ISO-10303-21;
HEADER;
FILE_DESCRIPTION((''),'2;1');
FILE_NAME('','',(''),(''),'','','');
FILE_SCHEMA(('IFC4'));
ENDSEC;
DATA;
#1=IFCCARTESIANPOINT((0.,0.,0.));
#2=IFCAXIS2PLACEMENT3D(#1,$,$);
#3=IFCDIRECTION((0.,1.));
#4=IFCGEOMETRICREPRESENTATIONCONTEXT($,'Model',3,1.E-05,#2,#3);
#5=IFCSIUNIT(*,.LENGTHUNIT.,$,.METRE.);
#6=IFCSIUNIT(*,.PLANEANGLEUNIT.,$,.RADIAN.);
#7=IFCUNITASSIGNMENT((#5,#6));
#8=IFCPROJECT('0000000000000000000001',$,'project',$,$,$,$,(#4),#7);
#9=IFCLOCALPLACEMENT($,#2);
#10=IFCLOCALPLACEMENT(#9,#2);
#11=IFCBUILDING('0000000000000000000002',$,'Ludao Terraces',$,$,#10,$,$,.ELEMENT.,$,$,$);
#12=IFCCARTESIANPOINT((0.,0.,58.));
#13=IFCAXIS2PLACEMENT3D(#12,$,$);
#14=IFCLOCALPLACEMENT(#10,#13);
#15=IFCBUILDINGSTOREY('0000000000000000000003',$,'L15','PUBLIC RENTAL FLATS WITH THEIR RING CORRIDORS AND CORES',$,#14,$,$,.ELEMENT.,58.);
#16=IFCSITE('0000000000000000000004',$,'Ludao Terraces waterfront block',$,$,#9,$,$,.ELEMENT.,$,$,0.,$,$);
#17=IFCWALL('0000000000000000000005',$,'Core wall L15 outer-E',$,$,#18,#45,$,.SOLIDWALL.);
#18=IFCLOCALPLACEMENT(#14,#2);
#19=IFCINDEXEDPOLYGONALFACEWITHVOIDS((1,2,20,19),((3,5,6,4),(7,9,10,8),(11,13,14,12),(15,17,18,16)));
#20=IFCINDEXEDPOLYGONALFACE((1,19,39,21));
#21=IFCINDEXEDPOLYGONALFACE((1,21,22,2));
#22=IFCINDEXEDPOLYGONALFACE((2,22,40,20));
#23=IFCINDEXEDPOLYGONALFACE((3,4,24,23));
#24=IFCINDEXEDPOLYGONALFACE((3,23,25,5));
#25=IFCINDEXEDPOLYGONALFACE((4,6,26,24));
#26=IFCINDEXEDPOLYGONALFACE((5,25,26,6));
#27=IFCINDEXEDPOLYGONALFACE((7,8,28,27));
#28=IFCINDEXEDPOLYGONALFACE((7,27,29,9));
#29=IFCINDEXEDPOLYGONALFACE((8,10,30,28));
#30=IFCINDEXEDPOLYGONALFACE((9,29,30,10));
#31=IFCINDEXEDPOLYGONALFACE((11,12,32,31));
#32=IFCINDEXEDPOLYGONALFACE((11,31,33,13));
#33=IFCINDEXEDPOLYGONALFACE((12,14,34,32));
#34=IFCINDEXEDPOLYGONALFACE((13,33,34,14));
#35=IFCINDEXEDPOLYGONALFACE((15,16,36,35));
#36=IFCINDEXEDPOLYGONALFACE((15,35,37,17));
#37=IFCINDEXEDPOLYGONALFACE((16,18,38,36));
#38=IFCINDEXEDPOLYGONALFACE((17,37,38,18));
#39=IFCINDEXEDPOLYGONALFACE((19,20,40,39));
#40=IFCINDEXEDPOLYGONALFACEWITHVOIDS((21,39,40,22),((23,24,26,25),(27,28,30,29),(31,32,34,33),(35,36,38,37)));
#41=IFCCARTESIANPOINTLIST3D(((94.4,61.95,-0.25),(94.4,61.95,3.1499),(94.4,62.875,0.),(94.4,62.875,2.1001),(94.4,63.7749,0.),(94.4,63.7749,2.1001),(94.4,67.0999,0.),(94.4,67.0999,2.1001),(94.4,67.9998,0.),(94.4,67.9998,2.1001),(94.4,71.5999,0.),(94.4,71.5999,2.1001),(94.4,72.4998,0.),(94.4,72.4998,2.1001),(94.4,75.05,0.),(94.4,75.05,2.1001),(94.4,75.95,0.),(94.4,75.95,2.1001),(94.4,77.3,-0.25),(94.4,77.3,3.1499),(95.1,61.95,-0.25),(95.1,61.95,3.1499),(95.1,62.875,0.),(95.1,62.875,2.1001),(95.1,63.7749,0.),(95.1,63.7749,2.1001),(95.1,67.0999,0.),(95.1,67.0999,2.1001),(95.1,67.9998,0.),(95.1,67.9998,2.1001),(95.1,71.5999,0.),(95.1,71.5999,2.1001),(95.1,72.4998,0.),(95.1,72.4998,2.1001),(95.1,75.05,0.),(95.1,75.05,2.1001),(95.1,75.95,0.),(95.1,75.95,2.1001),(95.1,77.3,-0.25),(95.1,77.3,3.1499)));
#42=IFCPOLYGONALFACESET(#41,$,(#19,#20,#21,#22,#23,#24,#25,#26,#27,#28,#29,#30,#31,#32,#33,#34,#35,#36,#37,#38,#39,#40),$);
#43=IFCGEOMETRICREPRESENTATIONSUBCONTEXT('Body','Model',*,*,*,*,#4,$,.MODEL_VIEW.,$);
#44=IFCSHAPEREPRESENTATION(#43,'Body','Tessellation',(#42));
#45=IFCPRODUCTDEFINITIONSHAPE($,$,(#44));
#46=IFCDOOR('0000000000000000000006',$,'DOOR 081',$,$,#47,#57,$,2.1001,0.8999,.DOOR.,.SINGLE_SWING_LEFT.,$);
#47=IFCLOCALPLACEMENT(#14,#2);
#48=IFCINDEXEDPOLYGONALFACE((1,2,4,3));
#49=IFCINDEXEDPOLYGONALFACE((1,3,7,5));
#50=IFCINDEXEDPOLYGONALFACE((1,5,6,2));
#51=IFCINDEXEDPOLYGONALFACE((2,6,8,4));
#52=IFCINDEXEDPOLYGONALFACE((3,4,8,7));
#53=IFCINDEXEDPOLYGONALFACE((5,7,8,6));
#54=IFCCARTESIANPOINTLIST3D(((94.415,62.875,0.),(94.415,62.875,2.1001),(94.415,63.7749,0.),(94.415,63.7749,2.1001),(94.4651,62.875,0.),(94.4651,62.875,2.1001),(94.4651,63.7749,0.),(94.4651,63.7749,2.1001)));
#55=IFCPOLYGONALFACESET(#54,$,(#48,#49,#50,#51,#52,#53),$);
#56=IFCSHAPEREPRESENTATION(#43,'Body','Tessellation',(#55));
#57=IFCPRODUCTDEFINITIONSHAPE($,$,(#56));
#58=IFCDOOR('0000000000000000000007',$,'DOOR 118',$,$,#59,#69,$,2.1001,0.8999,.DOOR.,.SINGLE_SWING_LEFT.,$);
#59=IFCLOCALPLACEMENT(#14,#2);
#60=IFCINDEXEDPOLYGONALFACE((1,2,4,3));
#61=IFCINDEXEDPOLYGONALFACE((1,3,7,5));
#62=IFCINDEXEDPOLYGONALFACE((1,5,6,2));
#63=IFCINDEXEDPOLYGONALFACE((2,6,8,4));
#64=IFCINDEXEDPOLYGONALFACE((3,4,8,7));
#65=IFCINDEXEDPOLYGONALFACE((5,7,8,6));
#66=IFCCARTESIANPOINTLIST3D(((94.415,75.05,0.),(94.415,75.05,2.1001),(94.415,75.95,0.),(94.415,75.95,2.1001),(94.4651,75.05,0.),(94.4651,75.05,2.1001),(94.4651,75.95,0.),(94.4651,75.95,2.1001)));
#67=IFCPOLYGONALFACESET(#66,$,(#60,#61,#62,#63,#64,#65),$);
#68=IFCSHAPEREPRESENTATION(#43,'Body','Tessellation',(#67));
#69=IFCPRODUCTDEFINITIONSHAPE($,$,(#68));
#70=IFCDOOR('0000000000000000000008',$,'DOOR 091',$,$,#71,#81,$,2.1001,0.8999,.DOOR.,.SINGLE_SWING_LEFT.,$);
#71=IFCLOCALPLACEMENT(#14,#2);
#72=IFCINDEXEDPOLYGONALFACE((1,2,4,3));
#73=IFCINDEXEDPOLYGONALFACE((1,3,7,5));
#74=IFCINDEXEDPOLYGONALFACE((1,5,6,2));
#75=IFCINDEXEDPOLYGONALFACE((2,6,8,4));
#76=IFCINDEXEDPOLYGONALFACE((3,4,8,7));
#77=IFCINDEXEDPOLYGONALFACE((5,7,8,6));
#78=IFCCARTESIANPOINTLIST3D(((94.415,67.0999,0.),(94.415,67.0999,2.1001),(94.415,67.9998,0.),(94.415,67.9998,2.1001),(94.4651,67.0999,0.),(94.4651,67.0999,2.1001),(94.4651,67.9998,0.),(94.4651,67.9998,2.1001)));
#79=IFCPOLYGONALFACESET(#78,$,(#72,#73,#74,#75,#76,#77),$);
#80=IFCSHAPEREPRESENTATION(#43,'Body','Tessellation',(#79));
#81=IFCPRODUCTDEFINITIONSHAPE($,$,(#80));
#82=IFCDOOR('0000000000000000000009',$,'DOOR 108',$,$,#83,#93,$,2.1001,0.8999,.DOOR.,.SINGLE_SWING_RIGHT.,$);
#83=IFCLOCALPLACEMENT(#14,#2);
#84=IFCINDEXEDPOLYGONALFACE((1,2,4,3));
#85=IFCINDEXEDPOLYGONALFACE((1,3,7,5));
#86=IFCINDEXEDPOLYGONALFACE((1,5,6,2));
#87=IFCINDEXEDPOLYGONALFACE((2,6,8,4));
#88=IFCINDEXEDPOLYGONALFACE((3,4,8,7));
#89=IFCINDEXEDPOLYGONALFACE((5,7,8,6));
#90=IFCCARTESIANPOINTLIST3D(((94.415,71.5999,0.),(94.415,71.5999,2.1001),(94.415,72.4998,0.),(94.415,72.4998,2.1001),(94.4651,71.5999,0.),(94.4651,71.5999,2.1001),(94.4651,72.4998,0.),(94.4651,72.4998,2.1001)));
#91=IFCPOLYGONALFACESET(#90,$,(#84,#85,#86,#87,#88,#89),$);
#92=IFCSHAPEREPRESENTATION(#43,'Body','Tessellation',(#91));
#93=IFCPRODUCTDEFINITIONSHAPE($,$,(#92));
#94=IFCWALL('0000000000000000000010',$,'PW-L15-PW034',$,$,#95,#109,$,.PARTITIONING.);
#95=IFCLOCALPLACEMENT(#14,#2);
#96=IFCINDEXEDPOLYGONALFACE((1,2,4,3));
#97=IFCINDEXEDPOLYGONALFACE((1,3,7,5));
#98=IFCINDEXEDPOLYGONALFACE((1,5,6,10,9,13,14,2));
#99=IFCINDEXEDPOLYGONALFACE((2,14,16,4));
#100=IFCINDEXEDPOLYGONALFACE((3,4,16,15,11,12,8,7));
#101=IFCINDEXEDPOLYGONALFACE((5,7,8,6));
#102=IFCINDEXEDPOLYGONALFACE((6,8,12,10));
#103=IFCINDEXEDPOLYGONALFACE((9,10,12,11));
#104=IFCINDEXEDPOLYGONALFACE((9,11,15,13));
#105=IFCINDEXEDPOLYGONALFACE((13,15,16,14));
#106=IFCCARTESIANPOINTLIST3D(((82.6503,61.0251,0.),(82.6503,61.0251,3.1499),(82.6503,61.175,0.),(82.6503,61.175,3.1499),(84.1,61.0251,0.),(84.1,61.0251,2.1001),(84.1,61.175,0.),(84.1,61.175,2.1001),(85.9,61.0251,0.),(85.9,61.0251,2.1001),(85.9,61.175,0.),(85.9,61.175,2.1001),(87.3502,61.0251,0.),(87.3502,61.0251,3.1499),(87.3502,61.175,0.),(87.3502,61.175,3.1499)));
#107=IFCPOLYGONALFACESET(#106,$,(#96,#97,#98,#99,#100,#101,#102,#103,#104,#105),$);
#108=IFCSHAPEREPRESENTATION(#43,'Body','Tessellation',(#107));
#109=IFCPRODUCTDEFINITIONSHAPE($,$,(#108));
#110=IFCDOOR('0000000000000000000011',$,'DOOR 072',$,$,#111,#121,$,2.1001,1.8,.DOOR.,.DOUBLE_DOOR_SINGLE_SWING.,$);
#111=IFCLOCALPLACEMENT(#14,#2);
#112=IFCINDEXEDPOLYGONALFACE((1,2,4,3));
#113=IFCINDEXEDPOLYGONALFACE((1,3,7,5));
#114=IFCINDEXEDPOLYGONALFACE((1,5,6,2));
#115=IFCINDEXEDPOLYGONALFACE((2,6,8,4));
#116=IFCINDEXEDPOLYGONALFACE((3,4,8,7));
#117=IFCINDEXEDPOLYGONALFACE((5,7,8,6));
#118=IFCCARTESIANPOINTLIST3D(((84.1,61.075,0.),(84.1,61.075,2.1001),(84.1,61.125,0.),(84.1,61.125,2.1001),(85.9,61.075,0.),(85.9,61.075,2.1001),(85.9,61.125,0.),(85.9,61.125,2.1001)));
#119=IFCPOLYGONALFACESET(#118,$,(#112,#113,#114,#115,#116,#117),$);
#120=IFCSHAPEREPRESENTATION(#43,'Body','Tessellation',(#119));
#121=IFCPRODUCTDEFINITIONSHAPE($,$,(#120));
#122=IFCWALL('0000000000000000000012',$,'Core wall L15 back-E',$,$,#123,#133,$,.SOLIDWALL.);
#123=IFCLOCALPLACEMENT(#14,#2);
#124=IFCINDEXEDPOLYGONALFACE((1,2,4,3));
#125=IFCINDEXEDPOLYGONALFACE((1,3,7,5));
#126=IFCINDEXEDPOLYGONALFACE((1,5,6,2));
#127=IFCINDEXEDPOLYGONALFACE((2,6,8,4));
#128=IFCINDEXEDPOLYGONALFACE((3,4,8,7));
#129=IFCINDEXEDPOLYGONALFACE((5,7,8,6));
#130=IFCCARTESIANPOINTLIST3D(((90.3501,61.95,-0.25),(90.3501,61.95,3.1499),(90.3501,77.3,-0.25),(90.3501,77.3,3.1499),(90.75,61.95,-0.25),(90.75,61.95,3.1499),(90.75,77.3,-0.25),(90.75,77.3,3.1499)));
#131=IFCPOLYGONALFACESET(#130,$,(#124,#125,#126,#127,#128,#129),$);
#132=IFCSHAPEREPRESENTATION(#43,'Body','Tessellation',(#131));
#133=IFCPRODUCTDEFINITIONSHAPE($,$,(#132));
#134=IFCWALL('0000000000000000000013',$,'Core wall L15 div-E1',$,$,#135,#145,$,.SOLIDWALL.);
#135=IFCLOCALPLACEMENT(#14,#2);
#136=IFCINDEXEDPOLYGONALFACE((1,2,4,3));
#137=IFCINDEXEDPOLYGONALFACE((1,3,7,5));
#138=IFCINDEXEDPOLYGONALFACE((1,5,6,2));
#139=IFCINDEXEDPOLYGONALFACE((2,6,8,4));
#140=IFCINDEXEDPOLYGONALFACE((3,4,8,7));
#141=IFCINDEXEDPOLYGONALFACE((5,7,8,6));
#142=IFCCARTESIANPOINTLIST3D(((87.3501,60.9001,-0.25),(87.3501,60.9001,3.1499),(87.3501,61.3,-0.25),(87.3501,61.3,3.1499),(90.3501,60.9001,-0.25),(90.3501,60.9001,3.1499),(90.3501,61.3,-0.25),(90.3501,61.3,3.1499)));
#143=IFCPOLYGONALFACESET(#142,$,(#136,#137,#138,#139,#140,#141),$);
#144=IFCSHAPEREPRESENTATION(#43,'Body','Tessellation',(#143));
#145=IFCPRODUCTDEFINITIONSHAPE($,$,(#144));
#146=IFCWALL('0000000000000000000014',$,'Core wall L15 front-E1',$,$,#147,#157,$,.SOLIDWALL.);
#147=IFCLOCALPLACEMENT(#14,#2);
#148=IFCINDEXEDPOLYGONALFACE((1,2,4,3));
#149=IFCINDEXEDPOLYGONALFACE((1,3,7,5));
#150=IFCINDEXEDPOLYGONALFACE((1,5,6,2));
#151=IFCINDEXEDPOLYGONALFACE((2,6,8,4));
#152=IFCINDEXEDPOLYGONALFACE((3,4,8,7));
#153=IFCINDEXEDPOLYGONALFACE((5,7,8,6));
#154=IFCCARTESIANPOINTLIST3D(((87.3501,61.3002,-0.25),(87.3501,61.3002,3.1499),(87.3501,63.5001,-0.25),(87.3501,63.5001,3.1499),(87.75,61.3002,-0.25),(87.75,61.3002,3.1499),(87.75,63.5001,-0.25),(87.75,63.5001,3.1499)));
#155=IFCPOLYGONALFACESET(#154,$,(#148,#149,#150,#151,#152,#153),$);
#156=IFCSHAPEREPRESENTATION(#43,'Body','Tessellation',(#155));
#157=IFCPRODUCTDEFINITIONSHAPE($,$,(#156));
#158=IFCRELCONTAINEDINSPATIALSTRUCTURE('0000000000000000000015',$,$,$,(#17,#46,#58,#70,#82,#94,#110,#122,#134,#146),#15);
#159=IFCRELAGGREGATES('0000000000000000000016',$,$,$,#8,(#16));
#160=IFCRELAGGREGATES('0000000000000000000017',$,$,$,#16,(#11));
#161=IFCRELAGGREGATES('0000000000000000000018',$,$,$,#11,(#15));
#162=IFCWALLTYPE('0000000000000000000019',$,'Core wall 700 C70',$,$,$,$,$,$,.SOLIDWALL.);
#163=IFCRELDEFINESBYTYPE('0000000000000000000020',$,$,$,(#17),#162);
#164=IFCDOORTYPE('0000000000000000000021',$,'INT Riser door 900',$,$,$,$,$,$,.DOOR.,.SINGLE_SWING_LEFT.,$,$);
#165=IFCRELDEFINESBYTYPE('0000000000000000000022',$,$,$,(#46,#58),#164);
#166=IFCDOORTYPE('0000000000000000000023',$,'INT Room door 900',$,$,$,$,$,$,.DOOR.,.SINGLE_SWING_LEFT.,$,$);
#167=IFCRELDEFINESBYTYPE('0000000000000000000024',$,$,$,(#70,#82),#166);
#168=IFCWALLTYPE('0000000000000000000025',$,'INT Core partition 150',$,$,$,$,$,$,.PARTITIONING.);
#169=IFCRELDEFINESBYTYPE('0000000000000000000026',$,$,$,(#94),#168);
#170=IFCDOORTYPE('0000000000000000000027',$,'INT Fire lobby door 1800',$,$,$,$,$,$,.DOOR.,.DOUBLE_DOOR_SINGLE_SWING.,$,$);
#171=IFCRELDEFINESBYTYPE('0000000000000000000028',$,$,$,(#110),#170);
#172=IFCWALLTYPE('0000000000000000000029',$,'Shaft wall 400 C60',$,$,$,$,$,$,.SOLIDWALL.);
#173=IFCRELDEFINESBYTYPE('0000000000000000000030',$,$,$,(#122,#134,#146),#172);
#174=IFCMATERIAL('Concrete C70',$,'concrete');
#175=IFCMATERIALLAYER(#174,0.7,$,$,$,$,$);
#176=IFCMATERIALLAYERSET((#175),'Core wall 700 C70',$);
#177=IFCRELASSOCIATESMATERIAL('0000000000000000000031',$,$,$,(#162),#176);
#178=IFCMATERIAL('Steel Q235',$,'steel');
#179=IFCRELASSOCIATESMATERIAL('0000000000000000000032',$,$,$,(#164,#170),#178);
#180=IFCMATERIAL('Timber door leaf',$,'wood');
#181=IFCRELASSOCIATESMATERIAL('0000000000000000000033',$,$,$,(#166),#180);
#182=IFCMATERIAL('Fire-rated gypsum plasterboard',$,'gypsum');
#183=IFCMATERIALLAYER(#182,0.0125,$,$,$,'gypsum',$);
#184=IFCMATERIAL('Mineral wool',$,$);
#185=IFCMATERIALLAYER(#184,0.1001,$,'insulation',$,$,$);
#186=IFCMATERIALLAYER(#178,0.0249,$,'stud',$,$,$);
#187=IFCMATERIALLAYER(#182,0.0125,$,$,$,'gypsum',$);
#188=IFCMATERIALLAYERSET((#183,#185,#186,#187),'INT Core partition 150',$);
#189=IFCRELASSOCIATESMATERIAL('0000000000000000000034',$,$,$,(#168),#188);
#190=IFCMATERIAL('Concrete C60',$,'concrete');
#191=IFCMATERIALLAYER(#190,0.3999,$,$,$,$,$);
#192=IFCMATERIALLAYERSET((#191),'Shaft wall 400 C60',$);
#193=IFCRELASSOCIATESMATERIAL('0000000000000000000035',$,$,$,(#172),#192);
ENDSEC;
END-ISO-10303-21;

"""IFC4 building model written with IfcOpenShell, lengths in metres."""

from ifc_helpers import new_model, si_unit, direction, frame, frame_2d, origin, place, context, subcontext, project, spatial, rectangle, extrude, material, layer, layer_set, type_object, element, fill, save


model = new_model("IFC4")

# Units and contexts
model_context = context("Model", 3, precision=1e-05, world=origin(), true_north=direction((0.0, 1.0)))
body_context = subcontext(model_context, "Body", "Model", "MODEL_VIEW")
ifc_project = project(units=[si_unit("LENGTHUNIT", "METRE"), si_unit("PLANEANGLEUNIT", "RADIAN")], contexts=[model_context])

# Site, building, storey
site_placement = place(None, origin())
site = spatial("IfcSite", under=ifc_project, at=site_placement, Name="Ludao Terraces waterfront block", CompositionType="ELEMENT", RefElevation=0.0)
building_placement = place(site_placement, origin())
building = spatial("IfcBuilding", under=site, at=building_placement, Name="Ludao Terraces", CompositionType="ELEMENT")
storey_placement = place(building_placement, frame((0.0, 0.0, 58.0)))
storey = spatial("IfcBuildingStorey", under=building, at=storey_placement, Name="L15", Description="PUBLIC RENTAL FLATS WITH THEIR RING CORRIDORS AND CORES", CompositionType="ELEMENT", Elevation=58.0)

# Wall, openings, doors
ifc_material_1 = material(Name="Concrete C70", Category="concrete")
ifc_layer_1 = layer(ifc_material_1, 0.7)
ifc_layer_set_1 = layer_set([ifc_layer_1], Name="Core wall 700 C70")
wall_type_1 = type_object("IfcWallType", Name="Core wall 700 C70", PredefinedType="SOLIDWALL", material=ifc_layer_set_1)
wall_1_placement = place(storey_placement, frame((94.75, 61.95, -0.25), z_axis=(0.0, 0.0, 1.0), x_axis=(0.0, 1.0, 0.0)))
wall_1 = element("IfcWall", 1, at=wall_1_placement, inside=storey, type_object=wall_type_1, Name="Core wall L15 outer-E", PredefinedType="SOLIDWALL", context=body_context, shape_type="SweptSolid", body=[
    extrude(rectangle(XDim=15.3501, YDim=0.7, at=frame_2d((7.675, 0.0))), origin(), (0.0, 0.0, 1.0), 3.3999),
])
opening_1_placement = place(wall_1_placement, frame((0.925, 0.0, 0.25)))
opening_1 = element("IfcOpeningElement", 2, at=opening_1_placement, cuts=wall_1, PredefinedType="OPENING", context=body_context, shape_type="SweptSolid", body=[
    extrude(rectangle(XDim=0.8999, YDim=2.1001, at=frame_2d((0.45, 1.05))), frame((0.0, 0.3599, 0.0), z_axis=(0.0, -1.0, 0.0), x_axis=(1.0, 0.0, 0.0)), (0.0, 0.0, 1.0), 0.72),
])
opening_2_placement = place(wall_1_placement, frame((5.1499, 0.0, 0.25)))
opening_2 = element("IfcOpeningElement", 3, at=opening_2_placement, cuts=wall_1, PredefinedType="OPENING", context=body_context, shape_type="SweptSolid", body=[
    extrude(rectangle(XDim=0.8999, YDim=2.1001, at=frame_2d((0.45, 1.05))), frame((0.0, 0.3599, 0.0), z_axis=(0.0, -1.0, 0.0), x_axis=(1.0, 0.0, 0.0)), (0.0, 0.0, 1.0), 0.72),
])
opening_3_placement = place(wall_1_placement, frame((9.6499, 0.0, 0.25)))
opening_3 = element("IfcOpeningElement", 4, at=opening_3_placement, cuts=wall_1, PredefinedType="OPENING", context=body_context, shape_type="SweptSolid", body=[
    extrude(rectangle(XDim=0.8999, YDim=2.1001, at=frame_2d((0.45, 1.05))), frame((0.0, 0.3599, 0.0), z_axis=(0.0, -1.0, 0.0), x_axis=(1.0, 0.0, 0.0)), (0.0, 0.0, 1.0), 0.72),
])
opening_4_placement = place(wall_1_placement, frame((13.1001, 0.0, 0.25)))
opening_4 = element("IfcOpeningElement", 5, at=opening_4_placement, cuts=wall_1, PredefinedType="OPENING", context=body_context, shape_type="SweptSolid", body=[
    extrude(rectangle(XDim=0.8999, YDim=2.1001, at=frame_2d((0.45, 1.05))), frame((0.0, 0.3599, 0.0), z_axis=(0.0, -1.0, 0.0), x_axis=(1.0, 0.0, 0.0)), (0.0, 0.0, 1.0), 0.72),
])
ifc_material_2 = material(Name="Steel Q235", Category="steel")
door_type_1 = type_object("IfcDoorType", Name="INT Riser door 900", OperationType="SINGLE_SWING_LEFT", PredefinedType="DOOR", material=ifc_material_2)
door_1_placement = place(opening_1_placement, origin())
door_1 = element("IfcDoor", 6, at=door_1_placement, inside=storey, type_object=door_type_1, Name="DOOR 081", OperationType="SINGLE_SWING_LEFT", OverallHeight=2.1001, OverallWidth=0.8999, PredefinedType="DOOR", context=body_context, shape_type="SweptSolid", body=[
    extrude(rectangle(XDim=0.8999, YDim=2.1001, at=frame_2d((0.45, 1.05))), frame((0.0, 0.335, 0.0), z_axis=(0.0, -1.0, 0.0), x_axis=(1.0, 0.0, 0.0)), (0.0, 0.0, 1.0), 0.05),
])
fill(opening_1, door_1)
door_2_placement = place(opening_4_placement, origin())
door_2 = element("IfcDoor", 7, at=door_2_placement, inside=storey, type_object=door_type_1, Name="DOOR 118", OperationType="SINGLE_SWING_LEFT", OverallHeight=2.1001, OverallWidth=0.8999, PredefinedType="DOOR", context=body_context, shape_type="SweptSolid", body=[
    extrude(rectangle(XDim=0.8999, YDim=2.1001, at=frame_2d((0.45, 1.05))), frame((0.0, 0.335, 0.0), z_axis=(0.0, -1.0, 0.0), x_axis=(1.0, 0.0, 0.0)), (0.0, 0.0, 1.0), 0.05),
])
fill(opening_4, door_2)
ifc_material_3 = material(Name="Timber door leaf", Category="wood")
door_type_2 = type_object("IfcDoorType", Name="INT Room door 900", OperationType="SINGLE_SWING_LEFT", PredefinedType="DOOR", material=ifc_material_3)
door_3_placement = place(opening_2_placement, origin())
door_3 = element("IfcDoor", 8, at=door_3_placement, inside=storey, type_object=door_type_2, Name="DOOR 091", OperationType="SINGLE_SWING_LEFT", OverallHeight=2.1001, OverallWidth=0.8999, PredefinedType="DOOR", context=body_context, shape_type="SweptSolid", body=[
    extrude(rectangle(XDim=0.8999, YDim=2.1001, at=frame_2d((0.45, 1.05))), frame((0.0, 0.335, 0.0), z_axis=(0.0, -1.0, 0.0), x_axis=(1.0, 0.0, 0.0)), (0.0, 0.0, 1.0), 0.05),
])
fill(opening_2, door_3)
door_4_placement = place(opening_3_placement, origin())
door_4 = element("IfcDoor", 9, at=door_4_placement, inside=storey, type_object=door_type_2, Name="DOOR 108", OperationType="SINGLE_SWING_RIGHT", OverallHeight=2.1001, OverallWidth=0.8999, PredefinedType="DOOR", context=body_context, shape_type="SweptSolid", body=[
    extrude(rectangle(XDim=0.8999, YDim=2.1001, at=frame_2d((0.45, 1.05))), frame((0.0, 0.335, 0.0), z_axis=(0.0, -1.0, 0.0), x_axis=(1.0, 0.0, 0.0)), (0.0, 0.0, 1.0), 0.05),
])
fill(opening_3, door_4)

# Wall, opening, door
ifc_material_4 = material(Name="Fire-rated gypsum plasterboard", Category="gypsum")
ifc_layer_2 = layer(ifc_material_4, 0.0125, Category="gypsum")
ifc_material_5 = material(Name="Mineral wool")
ifc_layer_3 = layer(ifc_material_5, 0.1001, Name="insulation")
ifc_layer_4 = layer(ifc_material_2, 0.0249, Name="stud")
ifc_layer_5 = layer(ifc_material_4, 0.0125, Category="gypsum")
ifc_layer_set_2 = layer_set([ifc_layer_2, ifc_layer_3, ifc_layer_4, ifc_layer_5], Name="INT Core partition 150")
wall_type_2 = type_object("IfcWallType", Name="INT Core partition 150", PredefinedType="PARTITIONING", material=ifc_layer_set_2)
wall_2_placement = place(storey_placement, frame((82.6501, 61.1001, 0.0), z_axis=(0.0, 0.0, 1.0), x_axis=(1.0, 0.0, 0.0)))
wall_2 = element("IfcWall", 10, at=wall_2_placement, inside=storey, type_object=wall_type_2, Name="PW-L15-PW034", PredefinedType="PARTITIONING", context=body_context, shape_type="SweptSolid", body=[
    extrude(rectangle(XDim=4.7, YDim=0.1499, at=frame_2d((2.3501, 0.0))), origin(), (0.0, 0.0, 1.0), 3.1499),
])
opening_5_placement = place(wall_2_placement, frame((1.45, 0.0, 0.0)))
opening_5 = element("IfcOpeningElement", 11, at=opening_5_placement, cuts=wall_2, PredefinedType="OPENING", context=body_context, shape_type="SweptSolid", body=[
    extrude(rectangle(XDim=1.8, YDim=2.1001, at=frame_2d((0.8999, 1.05))), frame((0.0, 0.085, 0.0), z_axis=(0.0, -1.0, 0.0), x_axis=(1.0, 0.0, 0.0)), (0.0, 0.0, 1.0), 0.1699),
])
door_type_3 = type_object("IfcDoorType", Name="INT Fire lobby door 1800", OperationType="DOUBLE_DOOR_SINGLE_SWING", PredefinedType="DOOR", material=ifc_material_2)
door_5_placement = place(opening_5_placement, origin())
door_5 = element("IfcDoor", 12, at=door_5_placement, inside=storey, type_object=door_type_3, Name="DOOR 072", OperationType="DOUBLE_DOOR_SINGLE_SWING", OverallHeight=2.1001, OverallWidth=1.8, PredefinedType="DOOR", context=body_context, shape_type="SweptSolid", body=[
    extrude(rectangle(XDim=1.8, YDim=2.1001, at=frame_2d((0.8999, 1.05))), frame((0.0, 0.0249, 0.0), z_axis=(0.0, -1.0, 0.0), x_axis=(1.0, 0.0, 0.0)), (0.0, 0.0, 1.0), 0.05),
])
fill(opening_5, door_5)

# Walls
ifc_material_6 = material(Name="Concrete C60", Category="concrete")
ifc_layer_6 = layer(ifc_material_6, 0.3999)
ifc_layer_set_3 = layer_set([ifc_layer_6], Name="Shaft wall 400 C60")
wall_type_3 = type_object("IfcWallType", Name="Shaft wall 400 C60", PredefinedType="SOLIDWALL", material=ifc_layer_set_3)
wall_3_placement = place(storey_placement, frame((90.55, 61.95, -0.25), z_axis=(0.0, 0.0, 1.0), x_axis=(0.0, 1.0, 0.0)))
element("IfcWall", 13, at=wall_3_placement, inside=storey, type_object=wall_type_3, Name="Core wall L15 back-E", PredefinedType="SOLIDWALL", context=body_context, shape_type="SweptSolid", body=[
    extrude(rectangle(XDim=15.3501, YDim=0.3999, at=frame_2d((7.675, 0.0))), origin(), (0.0, 0.0, 1.0), 3.3999),
])
wall_4_placement = place(storey_placement, frame((87.3501, 61.1001, -0.25), z_axis=(0.0, 0.0, 1.0), x_axis=(1.0, 0.0, 0.0)))
element("IfcWall", 14, at=wall_4_placement, inside=storey, type_object=wall_type_3, Name="Core wall L15 div-E1", PredefinedType="SOLIDWALL", context=body_context, shape_type="SweptSolid", body=[
    extrude(rectangle(XDim=3.0, YDim=0.3999, at=frame_2d((1.5, 0.0))), origin(), (0.0, 0.0, 1.0), 3.3999),
])
wall_5_placement = place(storey_placement, frame((87.55, 61.3, -0.25), z_axis=(0.0, 0.0, 1.0), x_axis=(0.0, 1.0, 0.0)))
element("IfcWall", 15, at=wall_5_placement, inside=storey, type_object=wall_type_3, Name="Core wall L15 front-E1", PredefinedType="SOLIDWALL", context=body_context, shape_type="SweptSolid", body=[
    extrude(rectangle(XDim=2.2, YDim=0.3999, at=frame_2d((1.1001, 0.0))), origin(), (0.0, 0.0, 1.0), 3.3999),
])

save(model, "model.ifc")
